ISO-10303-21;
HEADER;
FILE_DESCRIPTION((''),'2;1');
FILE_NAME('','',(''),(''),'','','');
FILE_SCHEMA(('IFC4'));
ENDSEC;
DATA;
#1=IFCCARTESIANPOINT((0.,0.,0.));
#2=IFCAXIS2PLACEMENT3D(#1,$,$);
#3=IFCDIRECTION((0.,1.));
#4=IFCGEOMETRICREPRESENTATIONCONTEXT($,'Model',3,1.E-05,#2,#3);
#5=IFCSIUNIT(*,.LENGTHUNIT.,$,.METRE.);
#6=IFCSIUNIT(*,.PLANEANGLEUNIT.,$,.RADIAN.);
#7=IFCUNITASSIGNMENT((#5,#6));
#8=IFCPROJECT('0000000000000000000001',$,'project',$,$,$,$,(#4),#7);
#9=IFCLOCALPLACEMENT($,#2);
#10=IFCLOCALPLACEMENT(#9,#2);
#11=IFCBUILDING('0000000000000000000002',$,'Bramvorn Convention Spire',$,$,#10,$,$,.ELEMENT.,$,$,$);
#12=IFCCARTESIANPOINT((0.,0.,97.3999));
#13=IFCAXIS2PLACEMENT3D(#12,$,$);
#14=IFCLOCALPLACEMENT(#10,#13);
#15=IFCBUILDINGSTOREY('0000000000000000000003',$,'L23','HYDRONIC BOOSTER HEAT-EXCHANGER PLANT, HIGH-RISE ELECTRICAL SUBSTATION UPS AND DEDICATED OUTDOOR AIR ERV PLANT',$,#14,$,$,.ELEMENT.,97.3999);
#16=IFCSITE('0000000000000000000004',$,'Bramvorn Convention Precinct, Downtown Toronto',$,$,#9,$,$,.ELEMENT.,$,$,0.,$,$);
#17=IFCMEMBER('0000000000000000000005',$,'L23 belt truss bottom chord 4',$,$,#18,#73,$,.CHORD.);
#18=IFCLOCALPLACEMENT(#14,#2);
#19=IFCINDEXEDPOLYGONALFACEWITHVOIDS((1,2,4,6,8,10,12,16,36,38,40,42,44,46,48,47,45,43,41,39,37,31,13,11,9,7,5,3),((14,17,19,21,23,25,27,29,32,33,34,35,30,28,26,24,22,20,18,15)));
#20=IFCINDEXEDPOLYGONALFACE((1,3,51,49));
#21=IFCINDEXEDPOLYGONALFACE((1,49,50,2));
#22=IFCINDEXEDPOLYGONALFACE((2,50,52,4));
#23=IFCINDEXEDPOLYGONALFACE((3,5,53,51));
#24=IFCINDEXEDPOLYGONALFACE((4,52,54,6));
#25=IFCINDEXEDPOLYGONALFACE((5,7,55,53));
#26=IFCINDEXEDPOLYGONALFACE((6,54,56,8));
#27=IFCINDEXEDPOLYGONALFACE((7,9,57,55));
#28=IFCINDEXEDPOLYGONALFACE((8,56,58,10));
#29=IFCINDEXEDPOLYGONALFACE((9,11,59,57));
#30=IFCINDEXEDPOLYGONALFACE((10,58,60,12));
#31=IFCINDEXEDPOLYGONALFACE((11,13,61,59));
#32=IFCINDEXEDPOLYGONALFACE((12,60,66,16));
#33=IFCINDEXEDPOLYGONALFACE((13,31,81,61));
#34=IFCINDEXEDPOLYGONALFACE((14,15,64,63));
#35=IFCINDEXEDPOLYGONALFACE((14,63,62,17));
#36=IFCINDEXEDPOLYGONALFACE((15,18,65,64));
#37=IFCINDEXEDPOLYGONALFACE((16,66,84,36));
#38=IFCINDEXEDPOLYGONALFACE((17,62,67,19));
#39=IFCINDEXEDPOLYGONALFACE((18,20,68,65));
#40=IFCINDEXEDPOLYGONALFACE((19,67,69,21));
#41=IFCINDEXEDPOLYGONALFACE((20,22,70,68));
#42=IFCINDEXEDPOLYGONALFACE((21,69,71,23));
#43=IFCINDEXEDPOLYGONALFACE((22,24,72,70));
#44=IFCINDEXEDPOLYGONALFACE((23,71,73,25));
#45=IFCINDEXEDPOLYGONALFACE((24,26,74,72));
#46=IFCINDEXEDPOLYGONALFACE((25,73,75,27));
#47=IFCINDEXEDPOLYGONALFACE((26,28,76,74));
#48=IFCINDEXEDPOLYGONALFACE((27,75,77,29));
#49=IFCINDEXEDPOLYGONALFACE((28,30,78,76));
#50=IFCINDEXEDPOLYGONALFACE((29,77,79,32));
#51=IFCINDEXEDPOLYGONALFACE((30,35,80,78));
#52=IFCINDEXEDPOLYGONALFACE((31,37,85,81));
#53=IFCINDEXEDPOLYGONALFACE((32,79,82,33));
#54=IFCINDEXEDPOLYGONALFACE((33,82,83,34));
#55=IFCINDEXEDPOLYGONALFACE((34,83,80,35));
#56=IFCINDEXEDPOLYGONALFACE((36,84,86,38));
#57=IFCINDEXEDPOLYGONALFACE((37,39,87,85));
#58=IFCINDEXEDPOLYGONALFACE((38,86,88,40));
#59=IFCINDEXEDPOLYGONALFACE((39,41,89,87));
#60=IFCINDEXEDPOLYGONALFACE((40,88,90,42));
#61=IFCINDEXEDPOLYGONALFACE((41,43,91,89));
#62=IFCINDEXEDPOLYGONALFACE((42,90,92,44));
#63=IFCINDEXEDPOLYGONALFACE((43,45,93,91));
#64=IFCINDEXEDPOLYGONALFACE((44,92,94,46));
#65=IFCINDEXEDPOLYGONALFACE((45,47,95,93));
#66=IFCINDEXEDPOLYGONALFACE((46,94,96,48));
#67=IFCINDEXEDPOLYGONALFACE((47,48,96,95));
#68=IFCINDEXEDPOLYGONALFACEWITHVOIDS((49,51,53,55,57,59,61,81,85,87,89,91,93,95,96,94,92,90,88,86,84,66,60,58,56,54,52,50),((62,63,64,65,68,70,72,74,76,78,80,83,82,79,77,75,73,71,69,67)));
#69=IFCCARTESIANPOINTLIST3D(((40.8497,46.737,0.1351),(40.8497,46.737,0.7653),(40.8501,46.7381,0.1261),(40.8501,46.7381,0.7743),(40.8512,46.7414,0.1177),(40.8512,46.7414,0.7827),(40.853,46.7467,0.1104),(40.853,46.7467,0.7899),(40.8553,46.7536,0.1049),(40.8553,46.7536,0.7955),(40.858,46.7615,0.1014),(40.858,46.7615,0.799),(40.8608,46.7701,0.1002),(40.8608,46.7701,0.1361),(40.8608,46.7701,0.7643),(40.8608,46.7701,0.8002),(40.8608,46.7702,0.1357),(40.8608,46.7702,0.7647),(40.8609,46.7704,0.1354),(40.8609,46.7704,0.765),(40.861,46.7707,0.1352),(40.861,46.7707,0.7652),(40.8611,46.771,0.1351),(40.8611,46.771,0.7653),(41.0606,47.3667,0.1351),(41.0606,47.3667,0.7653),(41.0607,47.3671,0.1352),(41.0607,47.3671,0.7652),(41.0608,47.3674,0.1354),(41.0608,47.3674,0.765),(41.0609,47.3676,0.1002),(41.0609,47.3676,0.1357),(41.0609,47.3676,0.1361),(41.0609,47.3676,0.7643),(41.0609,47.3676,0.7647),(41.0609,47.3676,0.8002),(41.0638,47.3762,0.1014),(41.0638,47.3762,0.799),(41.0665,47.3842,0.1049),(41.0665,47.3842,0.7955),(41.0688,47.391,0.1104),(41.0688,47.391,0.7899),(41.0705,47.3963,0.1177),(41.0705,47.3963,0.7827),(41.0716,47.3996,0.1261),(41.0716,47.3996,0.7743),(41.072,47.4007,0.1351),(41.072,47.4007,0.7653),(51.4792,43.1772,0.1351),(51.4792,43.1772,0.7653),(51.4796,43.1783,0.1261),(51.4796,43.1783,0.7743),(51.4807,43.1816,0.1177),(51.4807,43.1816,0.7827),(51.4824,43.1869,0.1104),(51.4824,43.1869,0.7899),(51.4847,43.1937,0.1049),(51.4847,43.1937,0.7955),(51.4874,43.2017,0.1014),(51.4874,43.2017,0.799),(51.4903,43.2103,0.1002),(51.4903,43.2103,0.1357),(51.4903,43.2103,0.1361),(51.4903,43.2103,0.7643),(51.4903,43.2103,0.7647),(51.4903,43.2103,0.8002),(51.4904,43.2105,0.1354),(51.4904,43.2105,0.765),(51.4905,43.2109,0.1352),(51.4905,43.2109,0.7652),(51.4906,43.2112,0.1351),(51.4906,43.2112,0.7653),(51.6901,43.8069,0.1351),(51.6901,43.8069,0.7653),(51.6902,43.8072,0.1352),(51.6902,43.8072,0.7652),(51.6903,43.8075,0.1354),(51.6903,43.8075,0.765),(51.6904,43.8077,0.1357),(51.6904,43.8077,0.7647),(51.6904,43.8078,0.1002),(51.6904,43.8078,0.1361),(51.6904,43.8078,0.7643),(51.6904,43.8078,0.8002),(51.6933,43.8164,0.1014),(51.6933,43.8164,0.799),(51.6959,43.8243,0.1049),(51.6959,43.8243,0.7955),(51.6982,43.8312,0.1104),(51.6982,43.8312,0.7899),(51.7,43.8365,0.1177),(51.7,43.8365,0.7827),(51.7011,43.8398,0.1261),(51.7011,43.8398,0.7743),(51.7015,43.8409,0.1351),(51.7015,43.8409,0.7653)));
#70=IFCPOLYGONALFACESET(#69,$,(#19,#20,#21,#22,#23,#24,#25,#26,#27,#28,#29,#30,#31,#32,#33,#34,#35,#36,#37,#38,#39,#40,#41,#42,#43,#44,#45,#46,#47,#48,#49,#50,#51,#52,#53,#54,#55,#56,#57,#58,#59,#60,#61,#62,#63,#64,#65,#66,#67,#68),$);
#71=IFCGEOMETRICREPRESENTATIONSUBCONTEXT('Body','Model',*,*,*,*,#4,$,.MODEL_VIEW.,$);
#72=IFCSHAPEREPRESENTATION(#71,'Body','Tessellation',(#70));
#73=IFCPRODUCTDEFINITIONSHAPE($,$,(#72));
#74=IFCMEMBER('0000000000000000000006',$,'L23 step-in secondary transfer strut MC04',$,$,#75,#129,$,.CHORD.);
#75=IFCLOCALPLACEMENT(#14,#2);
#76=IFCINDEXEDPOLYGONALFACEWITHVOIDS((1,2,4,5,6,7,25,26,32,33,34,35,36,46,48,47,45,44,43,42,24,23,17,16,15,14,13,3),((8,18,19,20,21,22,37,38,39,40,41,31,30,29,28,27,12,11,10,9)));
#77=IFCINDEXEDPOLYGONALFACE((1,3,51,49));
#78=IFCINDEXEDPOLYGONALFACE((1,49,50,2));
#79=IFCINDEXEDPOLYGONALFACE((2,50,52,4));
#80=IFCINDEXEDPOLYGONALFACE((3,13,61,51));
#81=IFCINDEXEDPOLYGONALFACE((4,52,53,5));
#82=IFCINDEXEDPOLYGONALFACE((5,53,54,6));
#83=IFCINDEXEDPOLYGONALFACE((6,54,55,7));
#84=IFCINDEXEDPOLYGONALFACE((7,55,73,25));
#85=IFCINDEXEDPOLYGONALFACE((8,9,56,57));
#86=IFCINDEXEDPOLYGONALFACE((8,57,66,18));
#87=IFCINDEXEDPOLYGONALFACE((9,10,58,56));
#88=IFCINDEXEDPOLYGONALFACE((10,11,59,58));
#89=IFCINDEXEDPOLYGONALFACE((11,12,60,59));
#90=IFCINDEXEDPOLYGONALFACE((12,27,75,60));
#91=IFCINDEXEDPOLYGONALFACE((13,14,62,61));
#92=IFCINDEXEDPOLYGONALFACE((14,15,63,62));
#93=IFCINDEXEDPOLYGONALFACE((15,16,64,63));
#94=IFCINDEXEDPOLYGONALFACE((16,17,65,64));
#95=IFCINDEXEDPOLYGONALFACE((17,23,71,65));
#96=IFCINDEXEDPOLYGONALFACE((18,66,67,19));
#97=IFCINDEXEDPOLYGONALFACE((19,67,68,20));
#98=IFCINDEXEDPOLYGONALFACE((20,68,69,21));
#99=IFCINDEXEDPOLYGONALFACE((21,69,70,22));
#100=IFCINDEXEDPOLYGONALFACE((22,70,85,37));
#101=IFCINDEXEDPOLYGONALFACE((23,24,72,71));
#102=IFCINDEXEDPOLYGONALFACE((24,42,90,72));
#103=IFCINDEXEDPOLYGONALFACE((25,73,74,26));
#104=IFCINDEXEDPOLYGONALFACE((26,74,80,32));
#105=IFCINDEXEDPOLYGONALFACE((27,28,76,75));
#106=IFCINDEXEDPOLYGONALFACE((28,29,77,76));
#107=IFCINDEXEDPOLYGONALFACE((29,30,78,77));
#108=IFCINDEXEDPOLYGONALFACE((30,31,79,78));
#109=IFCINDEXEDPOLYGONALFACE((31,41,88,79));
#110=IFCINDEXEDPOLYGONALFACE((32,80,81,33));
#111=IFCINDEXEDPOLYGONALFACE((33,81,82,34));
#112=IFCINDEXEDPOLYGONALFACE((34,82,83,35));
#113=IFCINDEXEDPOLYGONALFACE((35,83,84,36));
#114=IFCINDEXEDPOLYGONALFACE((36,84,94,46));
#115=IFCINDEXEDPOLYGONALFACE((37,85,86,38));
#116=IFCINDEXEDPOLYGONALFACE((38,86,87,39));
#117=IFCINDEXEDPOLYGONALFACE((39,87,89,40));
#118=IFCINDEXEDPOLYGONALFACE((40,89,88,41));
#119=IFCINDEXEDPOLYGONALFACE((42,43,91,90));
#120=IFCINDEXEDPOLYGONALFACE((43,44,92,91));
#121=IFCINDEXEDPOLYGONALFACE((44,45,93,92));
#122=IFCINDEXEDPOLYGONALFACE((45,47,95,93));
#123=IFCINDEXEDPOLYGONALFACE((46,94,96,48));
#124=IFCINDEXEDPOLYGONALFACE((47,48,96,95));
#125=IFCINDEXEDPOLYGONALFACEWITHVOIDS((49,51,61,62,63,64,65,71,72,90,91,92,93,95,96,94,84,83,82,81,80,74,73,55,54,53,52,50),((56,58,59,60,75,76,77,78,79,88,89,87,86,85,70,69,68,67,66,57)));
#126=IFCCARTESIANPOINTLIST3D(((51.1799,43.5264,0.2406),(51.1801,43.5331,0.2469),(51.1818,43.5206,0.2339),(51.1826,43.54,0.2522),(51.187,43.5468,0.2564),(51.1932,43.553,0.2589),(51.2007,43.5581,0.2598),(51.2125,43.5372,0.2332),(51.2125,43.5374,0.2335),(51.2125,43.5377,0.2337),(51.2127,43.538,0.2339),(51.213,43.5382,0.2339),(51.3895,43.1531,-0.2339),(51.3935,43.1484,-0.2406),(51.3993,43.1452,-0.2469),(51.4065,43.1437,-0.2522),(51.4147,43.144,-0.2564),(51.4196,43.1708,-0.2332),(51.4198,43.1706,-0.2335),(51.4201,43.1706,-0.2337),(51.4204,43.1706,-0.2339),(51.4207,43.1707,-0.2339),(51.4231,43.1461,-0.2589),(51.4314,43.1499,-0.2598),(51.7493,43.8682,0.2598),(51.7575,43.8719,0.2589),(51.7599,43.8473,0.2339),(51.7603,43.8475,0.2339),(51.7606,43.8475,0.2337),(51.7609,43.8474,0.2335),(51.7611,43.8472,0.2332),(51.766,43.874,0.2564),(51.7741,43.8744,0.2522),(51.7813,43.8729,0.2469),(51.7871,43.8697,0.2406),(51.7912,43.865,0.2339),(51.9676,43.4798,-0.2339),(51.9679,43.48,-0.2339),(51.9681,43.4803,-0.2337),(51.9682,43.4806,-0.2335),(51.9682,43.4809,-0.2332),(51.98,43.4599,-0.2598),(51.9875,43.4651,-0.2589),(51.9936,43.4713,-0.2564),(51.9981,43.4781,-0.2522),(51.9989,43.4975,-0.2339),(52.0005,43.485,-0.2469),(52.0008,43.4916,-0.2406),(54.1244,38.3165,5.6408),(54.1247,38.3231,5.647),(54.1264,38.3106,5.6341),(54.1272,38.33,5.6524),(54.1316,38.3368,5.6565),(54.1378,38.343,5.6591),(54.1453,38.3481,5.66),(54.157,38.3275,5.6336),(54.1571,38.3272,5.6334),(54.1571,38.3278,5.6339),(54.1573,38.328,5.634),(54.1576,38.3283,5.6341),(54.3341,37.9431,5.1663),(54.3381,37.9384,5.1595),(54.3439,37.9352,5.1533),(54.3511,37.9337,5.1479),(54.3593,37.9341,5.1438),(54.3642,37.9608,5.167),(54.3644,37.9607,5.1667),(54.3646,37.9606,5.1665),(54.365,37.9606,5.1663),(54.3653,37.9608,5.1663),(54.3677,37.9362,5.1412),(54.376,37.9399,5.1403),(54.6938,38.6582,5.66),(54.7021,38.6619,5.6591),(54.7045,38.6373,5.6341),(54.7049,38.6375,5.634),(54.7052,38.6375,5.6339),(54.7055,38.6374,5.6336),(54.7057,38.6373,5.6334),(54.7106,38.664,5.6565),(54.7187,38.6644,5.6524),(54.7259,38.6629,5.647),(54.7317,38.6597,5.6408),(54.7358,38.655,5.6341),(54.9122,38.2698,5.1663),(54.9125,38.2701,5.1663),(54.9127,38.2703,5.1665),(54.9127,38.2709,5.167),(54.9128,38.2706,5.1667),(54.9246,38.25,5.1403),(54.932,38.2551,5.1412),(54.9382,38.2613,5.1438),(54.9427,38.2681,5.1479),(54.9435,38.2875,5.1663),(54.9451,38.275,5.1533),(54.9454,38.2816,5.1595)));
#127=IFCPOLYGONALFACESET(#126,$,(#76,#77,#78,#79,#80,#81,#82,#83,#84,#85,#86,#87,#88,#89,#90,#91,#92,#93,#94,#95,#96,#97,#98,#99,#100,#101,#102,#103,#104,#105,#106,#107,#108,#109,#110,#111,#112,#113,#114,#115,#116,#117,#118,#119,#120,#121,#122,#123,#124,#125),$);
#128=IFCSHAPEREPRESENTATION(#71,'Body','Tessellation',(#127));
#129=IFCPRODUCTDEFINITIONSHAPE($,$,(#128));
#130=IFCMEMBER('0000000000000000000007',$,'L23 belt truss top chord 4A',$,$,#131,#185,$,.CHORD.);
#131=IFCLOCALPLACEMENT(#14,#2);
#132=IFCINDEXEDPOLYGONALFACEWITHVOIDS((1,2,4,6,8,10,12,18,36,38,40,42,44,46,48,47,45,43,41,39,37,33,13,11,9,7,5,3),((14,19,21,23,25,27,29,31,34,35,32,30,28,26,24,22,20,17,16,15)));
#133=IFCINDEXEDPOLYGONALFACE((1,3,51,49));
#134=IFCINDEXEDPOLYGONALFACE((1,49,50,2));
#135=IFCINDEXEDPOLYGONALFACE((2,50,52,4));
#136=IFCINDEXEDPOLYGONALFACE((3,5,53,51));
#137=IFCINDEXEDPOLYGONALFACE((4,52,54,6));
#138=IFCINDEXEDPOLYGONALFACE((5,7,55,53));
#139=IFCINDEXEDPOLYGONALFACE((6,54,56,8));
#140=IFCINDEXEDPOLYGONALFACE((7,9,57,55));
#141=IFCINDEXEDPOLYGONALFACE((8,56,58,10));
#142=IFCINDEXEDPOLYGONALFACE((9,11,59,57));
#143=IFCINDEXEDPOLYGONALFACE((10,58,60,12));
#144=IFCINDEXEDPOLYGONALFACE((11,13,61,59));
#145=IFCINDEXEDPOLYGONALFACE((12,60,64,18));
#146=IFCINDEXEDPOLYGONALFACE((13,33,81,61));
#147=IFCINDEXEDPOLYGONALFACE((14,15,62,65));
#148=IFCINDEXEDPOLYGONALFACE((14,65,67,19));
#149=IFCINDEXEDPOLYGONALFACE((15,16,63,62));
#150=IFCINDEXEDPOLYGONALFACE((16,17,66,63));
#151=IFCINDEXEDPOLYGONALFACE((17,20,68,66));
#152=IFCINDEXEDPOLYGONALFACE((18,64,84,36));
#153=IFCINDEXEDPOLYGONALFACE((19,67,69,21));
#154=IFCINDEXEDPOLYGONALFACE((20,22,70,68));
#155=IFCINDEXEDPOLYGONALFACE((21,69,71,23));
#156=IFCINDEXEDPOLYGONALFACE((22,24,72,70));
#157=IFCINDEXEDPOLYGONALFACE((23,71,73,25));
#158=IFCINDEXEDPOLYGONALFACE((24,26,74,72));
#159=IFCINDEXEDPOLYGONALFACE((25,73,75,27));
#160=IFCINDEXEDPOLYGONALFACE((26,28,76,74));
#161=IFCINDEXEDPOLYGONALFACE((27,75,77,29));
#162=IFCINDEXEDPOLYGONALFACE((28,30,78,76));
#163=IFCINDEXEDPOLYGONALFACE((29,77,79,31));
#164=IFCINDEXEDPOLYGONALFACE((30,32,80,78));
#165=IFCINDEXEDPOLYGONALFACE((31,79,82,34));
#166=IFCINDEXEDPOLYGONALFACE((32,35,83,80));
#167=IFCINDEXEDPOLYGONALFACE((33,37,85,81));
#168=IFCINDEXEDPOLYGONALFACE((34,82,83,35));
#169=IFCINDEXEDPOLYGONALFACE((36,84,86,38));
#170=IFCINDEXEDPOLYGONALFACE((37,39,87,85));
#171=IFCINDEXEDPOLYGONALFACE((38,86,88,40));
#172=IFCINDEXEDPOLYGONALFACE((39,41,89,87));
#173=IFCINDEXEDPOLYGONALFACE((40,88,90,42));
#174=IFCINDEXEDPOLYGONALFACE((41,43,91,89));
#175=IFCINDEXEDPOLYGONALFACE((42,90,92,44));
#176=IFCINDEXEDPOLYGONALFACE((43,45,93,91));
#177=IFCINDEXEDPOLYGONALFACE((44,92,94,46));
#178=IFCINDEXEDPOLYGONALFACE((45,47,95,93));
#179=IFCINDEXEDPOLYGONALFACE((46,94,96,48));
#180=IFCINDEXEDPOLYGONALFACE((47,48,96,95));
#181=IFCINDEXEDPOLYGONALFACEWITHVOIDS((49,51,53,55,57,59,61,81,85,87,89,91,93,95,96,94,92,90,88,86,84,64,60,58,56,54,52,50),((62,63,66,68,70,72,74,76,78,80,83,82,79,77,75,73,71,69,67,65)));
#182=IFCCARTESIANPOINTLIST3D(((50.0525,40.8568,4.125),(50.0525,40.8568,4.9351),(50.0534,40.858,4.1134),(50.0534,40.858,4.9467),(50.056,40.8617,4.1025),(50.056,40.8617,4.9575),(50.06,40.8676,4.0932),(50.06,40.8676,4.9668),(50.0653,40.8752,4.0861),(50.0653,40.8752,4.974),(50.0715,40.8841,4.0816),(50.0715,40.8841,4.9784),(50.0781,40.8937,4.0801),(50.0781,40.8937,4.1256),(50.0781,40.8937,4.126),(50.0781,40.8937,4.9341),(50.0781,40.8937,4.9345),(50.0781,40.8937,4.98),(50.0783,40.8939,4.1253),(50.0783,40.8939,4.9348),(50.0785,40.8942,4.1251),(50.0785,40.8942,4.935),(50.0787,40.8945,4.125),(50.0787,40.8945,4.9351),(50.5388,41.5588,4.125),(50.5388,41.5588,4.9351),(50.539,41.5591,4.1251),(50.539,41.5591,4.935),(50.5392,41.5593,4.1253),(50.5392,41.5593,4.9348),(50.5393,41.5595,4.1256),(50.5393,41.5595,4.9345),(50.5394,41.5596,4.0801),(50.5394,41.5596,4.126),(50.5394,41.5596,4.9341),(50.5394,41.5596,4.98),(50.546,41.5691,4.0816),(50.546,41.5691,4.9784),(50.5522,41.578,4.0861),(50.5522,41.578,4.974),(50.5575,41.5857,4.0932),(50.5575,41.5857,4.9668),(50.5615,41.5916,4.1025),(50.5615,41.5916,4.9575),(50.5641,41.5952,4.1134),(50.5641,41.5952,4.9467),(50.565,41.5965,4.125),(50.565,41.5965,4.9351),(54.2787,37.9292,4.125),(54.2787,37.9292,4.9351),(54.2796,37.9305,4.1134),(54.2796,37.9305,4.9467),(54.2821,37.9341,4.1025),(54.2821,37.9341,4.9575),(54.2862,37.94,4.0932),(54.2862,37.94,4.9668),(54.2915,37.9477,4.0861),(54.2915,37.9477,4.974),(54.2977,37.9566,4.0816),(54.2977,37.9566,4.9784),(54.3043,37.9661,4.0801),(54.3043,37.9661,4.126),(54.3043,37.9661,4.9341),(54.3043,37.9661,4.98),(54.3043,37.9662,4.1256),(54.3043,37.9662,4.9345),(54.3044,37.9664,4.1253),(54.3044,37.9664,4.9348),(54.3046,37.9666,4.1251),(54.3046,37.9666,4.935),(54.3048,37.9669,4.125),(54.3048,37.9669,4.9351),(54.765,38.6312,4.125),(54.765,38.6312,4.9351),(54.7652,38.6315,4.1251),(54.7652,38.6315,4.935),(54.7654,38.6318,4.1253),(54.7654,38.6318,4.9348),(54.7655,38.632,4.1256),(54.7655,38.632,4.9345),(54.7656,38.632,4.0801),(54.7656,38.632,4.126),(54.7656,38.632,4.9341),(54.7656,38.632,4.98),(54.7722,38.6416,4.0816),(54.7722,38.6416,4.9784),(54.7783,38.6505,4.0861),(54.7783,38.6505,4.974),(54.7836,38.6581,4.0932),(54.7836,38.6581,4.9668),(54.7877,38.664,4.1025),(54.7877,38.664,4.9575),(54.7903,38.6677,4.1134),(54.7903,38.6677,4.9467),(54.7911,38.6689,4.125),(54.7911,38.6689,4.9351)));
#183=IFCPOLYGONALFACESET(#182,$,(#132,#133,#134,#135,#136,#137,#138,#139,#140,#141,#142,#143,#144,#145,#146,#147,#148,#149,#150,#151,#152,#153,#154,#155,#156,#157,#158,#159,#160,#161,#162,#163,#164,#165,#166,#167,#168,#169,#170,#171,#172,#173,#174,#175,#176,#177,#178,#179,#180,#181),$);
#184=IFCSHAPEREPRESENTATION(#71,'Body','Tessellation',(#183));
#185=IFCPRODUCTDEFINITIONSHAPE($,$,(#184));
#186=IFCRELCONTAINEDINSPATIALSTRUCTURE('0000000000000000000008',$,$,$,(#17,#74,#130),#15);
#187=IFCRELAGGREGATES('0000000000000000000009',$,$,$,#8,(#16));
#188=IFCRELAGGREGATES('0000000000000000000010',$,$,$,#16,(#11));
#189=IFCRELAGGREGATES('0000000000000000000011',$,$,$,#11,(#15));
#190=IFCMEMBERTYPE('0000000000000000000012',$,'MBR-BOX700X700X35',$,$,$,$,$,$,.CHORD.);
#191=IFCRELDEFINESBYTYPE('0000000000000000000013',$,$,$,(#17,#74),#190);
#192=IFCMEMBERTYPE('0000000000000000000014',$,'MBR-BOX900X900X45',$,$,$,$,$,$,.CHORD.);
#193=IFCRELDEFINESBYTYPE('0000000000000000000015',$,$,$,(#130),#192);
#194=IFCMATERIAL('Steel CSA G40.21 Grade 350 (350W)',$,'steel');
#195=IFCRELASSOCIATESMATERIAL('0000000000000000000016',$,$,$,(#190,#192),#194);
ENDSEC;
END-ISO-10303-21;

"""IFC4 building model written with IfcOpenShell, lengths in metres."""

from ifc_helpers import new_model, si_unit, direction, frame, origin, origin_2d, place, context, subcontext, project, spatial, hollow_rectangle, extrude, material, material_profile, profile_set, type_object, element, save


model = new_model("IFC4")

# Units and contexts
model_context = context("Model", 3, precision=1e-05, world=origin(), true_north=direction((0.0, 1.0)))
body_context = subcontext(model_context, "Body", "Model", "MODEL_VIEW")
ifc_project = project(units=[si_unit("LENGTHUNIT", "METRE"), si_unit("PLANEANGLEUNIT", "RADIAN")], contexts=[model_context])

# Site, building, storey
site_placement = place(None, origin())
site = spatial("IfcSite", under=ifc_project, at=site_placement, Name="Bramvorn Convention Precinct, Downtown Toronto", CompositionType="ELEMENT", RefElevation=0.0)
building_placement = place(site_placement, origin())
building = spatial("IfcBuilding", under=site, at=building_placement, Name="Bramvorn Convention Spire", CompositionType="ELEMENT")
storey_placement = place(building_placement, frame((0.0, 0.0, 97.3999)))
storey = spatial("IfcBuildingStorey", under=building, at=storey_placement, Name="L23", Description="HYDRONIC BOOSTER HEAT-EXCHANGER PLANT, HIGH-RISE ELECTRICAL SUBSTATION UPS AND DEDICATED OUTDOOR AIR ERV PLANT", CompositionType="ELEMENT", Elevation=97.3999)

# Shared definitions
ifc_material_1 = material(Name="Steel CSA G40.21 Grade 350 (350W)", Category="steel")

# Members
ifc_material_profile_1 = material_profile(ifc_material_1, hollow_rectangle(XDim=0.7, YDim=0.7, WallThickness=0.0349, InnerFilletRadius=0.001, OuterFilletRadius=0.0349, at=origin_2d()))
ifc_profile_set_1 = profile_set([ifc_material_profile_1], Name="Steel CSA G40.21 Grade 350 (350W) - BOX700X700X35")
member_type_1 = type_object("IfcMemberType", Name="MBR-BOX700X700X35", PredefinedType="CHORD", material=ifc_profile_set_1)
member_1_placement = place(storey_placement, frame((51.5903, 43.509, 0.4502), z_axis=(-0.948236, 0.317567, 0.0), x_axis=(-0.317567, -0.948236, 0.0)))
element("IfcMember", 1, at=member_1_placement, inside=storey, type_object=member_type_1, Name="L23 belt truss bottom chord 4", PredefinedType="CHORD", context=body_context, shape_type="SweptSolid", body=[
    extrude(hollow_rectangle(XDim=0.7, YDim=0.7, WallThickness=0.0349, InnerFilletRadius=0.001, OuterFilletRadius=0.0349, at=origin_2d()), origin(), (0.0, 0.0, 1.0), 11.2097),
])
member_2_placement = place(storey_placement, frame((51.5903, 43.509, 0.0), z_axis=(0.365298, -0.646336, 0.66993), x_axis=(0.870576, 0.492034, 0.0)))
element("IfcMember", 2, at=member_2_placement, inside=storey, type_object=member_type_1, Name="L23 step-in secondary transfer strut MC04", PredefinedType="CHORD", context=body_context, shape_type="SweptSolid", body=[
    extrude(hollow_rectangle(XDim=0.7, YDim=0.7, WallThickness=0.0349, InnerFilletRadius=0.001, OuterFilletRadius=0.0349, at=origin_2d()), origin(), (0.0, 0.0, 1.0), 8.0608),
])
ifc_material_profile_2 = material_profile(ifc_material_1, hollow_rectangle(XDim=0.8999, YDim=0.8999, WallThickness=0.0449, InnerFilletRadius=0.001, OuterFilletRadius=0.0449, at=origin_2d()))
ifc_profile_set_2 = profile_set([ifc_material_profile_2], Name="Steel CSA G40.21 Grade 350 (350W) - BOX900X900X45")
member_type_2 = type_object("IfcMemberType", Name="MBR-BOX900X900X45", PredefinedType="CHORD", material=ifc_profile_set_2)
for number, where, z_axis, x_axis, name in (
    (3, (54.5349, 38.2991, 4.53), (-0.822033, 0.56944, 0.0), (-0.56944, -0.822033, 0.0), "L23 belt truss top chord 4A"),
):
    element("IfcMember", number, at=place(storey_placement, frame(where, z_axis=z_axis, x_axis=x_axis)), inside=storey, type_object=member_type_2, Name=name, PredefinedType="CHORD", context=body_context, shape_type="SweptSolid", body=[
        extrude(hollow_rectangle(XDim=0.8999, YDim=0.8999, WallThickness=0.0449, InnerFilletRadius=0.001, OuterFilletRadius=0.0449, at=origin_2d()), origin(), (0.0, 0.0, 1.0), 5.1411),
    ])

save(model, "model.ifc")
